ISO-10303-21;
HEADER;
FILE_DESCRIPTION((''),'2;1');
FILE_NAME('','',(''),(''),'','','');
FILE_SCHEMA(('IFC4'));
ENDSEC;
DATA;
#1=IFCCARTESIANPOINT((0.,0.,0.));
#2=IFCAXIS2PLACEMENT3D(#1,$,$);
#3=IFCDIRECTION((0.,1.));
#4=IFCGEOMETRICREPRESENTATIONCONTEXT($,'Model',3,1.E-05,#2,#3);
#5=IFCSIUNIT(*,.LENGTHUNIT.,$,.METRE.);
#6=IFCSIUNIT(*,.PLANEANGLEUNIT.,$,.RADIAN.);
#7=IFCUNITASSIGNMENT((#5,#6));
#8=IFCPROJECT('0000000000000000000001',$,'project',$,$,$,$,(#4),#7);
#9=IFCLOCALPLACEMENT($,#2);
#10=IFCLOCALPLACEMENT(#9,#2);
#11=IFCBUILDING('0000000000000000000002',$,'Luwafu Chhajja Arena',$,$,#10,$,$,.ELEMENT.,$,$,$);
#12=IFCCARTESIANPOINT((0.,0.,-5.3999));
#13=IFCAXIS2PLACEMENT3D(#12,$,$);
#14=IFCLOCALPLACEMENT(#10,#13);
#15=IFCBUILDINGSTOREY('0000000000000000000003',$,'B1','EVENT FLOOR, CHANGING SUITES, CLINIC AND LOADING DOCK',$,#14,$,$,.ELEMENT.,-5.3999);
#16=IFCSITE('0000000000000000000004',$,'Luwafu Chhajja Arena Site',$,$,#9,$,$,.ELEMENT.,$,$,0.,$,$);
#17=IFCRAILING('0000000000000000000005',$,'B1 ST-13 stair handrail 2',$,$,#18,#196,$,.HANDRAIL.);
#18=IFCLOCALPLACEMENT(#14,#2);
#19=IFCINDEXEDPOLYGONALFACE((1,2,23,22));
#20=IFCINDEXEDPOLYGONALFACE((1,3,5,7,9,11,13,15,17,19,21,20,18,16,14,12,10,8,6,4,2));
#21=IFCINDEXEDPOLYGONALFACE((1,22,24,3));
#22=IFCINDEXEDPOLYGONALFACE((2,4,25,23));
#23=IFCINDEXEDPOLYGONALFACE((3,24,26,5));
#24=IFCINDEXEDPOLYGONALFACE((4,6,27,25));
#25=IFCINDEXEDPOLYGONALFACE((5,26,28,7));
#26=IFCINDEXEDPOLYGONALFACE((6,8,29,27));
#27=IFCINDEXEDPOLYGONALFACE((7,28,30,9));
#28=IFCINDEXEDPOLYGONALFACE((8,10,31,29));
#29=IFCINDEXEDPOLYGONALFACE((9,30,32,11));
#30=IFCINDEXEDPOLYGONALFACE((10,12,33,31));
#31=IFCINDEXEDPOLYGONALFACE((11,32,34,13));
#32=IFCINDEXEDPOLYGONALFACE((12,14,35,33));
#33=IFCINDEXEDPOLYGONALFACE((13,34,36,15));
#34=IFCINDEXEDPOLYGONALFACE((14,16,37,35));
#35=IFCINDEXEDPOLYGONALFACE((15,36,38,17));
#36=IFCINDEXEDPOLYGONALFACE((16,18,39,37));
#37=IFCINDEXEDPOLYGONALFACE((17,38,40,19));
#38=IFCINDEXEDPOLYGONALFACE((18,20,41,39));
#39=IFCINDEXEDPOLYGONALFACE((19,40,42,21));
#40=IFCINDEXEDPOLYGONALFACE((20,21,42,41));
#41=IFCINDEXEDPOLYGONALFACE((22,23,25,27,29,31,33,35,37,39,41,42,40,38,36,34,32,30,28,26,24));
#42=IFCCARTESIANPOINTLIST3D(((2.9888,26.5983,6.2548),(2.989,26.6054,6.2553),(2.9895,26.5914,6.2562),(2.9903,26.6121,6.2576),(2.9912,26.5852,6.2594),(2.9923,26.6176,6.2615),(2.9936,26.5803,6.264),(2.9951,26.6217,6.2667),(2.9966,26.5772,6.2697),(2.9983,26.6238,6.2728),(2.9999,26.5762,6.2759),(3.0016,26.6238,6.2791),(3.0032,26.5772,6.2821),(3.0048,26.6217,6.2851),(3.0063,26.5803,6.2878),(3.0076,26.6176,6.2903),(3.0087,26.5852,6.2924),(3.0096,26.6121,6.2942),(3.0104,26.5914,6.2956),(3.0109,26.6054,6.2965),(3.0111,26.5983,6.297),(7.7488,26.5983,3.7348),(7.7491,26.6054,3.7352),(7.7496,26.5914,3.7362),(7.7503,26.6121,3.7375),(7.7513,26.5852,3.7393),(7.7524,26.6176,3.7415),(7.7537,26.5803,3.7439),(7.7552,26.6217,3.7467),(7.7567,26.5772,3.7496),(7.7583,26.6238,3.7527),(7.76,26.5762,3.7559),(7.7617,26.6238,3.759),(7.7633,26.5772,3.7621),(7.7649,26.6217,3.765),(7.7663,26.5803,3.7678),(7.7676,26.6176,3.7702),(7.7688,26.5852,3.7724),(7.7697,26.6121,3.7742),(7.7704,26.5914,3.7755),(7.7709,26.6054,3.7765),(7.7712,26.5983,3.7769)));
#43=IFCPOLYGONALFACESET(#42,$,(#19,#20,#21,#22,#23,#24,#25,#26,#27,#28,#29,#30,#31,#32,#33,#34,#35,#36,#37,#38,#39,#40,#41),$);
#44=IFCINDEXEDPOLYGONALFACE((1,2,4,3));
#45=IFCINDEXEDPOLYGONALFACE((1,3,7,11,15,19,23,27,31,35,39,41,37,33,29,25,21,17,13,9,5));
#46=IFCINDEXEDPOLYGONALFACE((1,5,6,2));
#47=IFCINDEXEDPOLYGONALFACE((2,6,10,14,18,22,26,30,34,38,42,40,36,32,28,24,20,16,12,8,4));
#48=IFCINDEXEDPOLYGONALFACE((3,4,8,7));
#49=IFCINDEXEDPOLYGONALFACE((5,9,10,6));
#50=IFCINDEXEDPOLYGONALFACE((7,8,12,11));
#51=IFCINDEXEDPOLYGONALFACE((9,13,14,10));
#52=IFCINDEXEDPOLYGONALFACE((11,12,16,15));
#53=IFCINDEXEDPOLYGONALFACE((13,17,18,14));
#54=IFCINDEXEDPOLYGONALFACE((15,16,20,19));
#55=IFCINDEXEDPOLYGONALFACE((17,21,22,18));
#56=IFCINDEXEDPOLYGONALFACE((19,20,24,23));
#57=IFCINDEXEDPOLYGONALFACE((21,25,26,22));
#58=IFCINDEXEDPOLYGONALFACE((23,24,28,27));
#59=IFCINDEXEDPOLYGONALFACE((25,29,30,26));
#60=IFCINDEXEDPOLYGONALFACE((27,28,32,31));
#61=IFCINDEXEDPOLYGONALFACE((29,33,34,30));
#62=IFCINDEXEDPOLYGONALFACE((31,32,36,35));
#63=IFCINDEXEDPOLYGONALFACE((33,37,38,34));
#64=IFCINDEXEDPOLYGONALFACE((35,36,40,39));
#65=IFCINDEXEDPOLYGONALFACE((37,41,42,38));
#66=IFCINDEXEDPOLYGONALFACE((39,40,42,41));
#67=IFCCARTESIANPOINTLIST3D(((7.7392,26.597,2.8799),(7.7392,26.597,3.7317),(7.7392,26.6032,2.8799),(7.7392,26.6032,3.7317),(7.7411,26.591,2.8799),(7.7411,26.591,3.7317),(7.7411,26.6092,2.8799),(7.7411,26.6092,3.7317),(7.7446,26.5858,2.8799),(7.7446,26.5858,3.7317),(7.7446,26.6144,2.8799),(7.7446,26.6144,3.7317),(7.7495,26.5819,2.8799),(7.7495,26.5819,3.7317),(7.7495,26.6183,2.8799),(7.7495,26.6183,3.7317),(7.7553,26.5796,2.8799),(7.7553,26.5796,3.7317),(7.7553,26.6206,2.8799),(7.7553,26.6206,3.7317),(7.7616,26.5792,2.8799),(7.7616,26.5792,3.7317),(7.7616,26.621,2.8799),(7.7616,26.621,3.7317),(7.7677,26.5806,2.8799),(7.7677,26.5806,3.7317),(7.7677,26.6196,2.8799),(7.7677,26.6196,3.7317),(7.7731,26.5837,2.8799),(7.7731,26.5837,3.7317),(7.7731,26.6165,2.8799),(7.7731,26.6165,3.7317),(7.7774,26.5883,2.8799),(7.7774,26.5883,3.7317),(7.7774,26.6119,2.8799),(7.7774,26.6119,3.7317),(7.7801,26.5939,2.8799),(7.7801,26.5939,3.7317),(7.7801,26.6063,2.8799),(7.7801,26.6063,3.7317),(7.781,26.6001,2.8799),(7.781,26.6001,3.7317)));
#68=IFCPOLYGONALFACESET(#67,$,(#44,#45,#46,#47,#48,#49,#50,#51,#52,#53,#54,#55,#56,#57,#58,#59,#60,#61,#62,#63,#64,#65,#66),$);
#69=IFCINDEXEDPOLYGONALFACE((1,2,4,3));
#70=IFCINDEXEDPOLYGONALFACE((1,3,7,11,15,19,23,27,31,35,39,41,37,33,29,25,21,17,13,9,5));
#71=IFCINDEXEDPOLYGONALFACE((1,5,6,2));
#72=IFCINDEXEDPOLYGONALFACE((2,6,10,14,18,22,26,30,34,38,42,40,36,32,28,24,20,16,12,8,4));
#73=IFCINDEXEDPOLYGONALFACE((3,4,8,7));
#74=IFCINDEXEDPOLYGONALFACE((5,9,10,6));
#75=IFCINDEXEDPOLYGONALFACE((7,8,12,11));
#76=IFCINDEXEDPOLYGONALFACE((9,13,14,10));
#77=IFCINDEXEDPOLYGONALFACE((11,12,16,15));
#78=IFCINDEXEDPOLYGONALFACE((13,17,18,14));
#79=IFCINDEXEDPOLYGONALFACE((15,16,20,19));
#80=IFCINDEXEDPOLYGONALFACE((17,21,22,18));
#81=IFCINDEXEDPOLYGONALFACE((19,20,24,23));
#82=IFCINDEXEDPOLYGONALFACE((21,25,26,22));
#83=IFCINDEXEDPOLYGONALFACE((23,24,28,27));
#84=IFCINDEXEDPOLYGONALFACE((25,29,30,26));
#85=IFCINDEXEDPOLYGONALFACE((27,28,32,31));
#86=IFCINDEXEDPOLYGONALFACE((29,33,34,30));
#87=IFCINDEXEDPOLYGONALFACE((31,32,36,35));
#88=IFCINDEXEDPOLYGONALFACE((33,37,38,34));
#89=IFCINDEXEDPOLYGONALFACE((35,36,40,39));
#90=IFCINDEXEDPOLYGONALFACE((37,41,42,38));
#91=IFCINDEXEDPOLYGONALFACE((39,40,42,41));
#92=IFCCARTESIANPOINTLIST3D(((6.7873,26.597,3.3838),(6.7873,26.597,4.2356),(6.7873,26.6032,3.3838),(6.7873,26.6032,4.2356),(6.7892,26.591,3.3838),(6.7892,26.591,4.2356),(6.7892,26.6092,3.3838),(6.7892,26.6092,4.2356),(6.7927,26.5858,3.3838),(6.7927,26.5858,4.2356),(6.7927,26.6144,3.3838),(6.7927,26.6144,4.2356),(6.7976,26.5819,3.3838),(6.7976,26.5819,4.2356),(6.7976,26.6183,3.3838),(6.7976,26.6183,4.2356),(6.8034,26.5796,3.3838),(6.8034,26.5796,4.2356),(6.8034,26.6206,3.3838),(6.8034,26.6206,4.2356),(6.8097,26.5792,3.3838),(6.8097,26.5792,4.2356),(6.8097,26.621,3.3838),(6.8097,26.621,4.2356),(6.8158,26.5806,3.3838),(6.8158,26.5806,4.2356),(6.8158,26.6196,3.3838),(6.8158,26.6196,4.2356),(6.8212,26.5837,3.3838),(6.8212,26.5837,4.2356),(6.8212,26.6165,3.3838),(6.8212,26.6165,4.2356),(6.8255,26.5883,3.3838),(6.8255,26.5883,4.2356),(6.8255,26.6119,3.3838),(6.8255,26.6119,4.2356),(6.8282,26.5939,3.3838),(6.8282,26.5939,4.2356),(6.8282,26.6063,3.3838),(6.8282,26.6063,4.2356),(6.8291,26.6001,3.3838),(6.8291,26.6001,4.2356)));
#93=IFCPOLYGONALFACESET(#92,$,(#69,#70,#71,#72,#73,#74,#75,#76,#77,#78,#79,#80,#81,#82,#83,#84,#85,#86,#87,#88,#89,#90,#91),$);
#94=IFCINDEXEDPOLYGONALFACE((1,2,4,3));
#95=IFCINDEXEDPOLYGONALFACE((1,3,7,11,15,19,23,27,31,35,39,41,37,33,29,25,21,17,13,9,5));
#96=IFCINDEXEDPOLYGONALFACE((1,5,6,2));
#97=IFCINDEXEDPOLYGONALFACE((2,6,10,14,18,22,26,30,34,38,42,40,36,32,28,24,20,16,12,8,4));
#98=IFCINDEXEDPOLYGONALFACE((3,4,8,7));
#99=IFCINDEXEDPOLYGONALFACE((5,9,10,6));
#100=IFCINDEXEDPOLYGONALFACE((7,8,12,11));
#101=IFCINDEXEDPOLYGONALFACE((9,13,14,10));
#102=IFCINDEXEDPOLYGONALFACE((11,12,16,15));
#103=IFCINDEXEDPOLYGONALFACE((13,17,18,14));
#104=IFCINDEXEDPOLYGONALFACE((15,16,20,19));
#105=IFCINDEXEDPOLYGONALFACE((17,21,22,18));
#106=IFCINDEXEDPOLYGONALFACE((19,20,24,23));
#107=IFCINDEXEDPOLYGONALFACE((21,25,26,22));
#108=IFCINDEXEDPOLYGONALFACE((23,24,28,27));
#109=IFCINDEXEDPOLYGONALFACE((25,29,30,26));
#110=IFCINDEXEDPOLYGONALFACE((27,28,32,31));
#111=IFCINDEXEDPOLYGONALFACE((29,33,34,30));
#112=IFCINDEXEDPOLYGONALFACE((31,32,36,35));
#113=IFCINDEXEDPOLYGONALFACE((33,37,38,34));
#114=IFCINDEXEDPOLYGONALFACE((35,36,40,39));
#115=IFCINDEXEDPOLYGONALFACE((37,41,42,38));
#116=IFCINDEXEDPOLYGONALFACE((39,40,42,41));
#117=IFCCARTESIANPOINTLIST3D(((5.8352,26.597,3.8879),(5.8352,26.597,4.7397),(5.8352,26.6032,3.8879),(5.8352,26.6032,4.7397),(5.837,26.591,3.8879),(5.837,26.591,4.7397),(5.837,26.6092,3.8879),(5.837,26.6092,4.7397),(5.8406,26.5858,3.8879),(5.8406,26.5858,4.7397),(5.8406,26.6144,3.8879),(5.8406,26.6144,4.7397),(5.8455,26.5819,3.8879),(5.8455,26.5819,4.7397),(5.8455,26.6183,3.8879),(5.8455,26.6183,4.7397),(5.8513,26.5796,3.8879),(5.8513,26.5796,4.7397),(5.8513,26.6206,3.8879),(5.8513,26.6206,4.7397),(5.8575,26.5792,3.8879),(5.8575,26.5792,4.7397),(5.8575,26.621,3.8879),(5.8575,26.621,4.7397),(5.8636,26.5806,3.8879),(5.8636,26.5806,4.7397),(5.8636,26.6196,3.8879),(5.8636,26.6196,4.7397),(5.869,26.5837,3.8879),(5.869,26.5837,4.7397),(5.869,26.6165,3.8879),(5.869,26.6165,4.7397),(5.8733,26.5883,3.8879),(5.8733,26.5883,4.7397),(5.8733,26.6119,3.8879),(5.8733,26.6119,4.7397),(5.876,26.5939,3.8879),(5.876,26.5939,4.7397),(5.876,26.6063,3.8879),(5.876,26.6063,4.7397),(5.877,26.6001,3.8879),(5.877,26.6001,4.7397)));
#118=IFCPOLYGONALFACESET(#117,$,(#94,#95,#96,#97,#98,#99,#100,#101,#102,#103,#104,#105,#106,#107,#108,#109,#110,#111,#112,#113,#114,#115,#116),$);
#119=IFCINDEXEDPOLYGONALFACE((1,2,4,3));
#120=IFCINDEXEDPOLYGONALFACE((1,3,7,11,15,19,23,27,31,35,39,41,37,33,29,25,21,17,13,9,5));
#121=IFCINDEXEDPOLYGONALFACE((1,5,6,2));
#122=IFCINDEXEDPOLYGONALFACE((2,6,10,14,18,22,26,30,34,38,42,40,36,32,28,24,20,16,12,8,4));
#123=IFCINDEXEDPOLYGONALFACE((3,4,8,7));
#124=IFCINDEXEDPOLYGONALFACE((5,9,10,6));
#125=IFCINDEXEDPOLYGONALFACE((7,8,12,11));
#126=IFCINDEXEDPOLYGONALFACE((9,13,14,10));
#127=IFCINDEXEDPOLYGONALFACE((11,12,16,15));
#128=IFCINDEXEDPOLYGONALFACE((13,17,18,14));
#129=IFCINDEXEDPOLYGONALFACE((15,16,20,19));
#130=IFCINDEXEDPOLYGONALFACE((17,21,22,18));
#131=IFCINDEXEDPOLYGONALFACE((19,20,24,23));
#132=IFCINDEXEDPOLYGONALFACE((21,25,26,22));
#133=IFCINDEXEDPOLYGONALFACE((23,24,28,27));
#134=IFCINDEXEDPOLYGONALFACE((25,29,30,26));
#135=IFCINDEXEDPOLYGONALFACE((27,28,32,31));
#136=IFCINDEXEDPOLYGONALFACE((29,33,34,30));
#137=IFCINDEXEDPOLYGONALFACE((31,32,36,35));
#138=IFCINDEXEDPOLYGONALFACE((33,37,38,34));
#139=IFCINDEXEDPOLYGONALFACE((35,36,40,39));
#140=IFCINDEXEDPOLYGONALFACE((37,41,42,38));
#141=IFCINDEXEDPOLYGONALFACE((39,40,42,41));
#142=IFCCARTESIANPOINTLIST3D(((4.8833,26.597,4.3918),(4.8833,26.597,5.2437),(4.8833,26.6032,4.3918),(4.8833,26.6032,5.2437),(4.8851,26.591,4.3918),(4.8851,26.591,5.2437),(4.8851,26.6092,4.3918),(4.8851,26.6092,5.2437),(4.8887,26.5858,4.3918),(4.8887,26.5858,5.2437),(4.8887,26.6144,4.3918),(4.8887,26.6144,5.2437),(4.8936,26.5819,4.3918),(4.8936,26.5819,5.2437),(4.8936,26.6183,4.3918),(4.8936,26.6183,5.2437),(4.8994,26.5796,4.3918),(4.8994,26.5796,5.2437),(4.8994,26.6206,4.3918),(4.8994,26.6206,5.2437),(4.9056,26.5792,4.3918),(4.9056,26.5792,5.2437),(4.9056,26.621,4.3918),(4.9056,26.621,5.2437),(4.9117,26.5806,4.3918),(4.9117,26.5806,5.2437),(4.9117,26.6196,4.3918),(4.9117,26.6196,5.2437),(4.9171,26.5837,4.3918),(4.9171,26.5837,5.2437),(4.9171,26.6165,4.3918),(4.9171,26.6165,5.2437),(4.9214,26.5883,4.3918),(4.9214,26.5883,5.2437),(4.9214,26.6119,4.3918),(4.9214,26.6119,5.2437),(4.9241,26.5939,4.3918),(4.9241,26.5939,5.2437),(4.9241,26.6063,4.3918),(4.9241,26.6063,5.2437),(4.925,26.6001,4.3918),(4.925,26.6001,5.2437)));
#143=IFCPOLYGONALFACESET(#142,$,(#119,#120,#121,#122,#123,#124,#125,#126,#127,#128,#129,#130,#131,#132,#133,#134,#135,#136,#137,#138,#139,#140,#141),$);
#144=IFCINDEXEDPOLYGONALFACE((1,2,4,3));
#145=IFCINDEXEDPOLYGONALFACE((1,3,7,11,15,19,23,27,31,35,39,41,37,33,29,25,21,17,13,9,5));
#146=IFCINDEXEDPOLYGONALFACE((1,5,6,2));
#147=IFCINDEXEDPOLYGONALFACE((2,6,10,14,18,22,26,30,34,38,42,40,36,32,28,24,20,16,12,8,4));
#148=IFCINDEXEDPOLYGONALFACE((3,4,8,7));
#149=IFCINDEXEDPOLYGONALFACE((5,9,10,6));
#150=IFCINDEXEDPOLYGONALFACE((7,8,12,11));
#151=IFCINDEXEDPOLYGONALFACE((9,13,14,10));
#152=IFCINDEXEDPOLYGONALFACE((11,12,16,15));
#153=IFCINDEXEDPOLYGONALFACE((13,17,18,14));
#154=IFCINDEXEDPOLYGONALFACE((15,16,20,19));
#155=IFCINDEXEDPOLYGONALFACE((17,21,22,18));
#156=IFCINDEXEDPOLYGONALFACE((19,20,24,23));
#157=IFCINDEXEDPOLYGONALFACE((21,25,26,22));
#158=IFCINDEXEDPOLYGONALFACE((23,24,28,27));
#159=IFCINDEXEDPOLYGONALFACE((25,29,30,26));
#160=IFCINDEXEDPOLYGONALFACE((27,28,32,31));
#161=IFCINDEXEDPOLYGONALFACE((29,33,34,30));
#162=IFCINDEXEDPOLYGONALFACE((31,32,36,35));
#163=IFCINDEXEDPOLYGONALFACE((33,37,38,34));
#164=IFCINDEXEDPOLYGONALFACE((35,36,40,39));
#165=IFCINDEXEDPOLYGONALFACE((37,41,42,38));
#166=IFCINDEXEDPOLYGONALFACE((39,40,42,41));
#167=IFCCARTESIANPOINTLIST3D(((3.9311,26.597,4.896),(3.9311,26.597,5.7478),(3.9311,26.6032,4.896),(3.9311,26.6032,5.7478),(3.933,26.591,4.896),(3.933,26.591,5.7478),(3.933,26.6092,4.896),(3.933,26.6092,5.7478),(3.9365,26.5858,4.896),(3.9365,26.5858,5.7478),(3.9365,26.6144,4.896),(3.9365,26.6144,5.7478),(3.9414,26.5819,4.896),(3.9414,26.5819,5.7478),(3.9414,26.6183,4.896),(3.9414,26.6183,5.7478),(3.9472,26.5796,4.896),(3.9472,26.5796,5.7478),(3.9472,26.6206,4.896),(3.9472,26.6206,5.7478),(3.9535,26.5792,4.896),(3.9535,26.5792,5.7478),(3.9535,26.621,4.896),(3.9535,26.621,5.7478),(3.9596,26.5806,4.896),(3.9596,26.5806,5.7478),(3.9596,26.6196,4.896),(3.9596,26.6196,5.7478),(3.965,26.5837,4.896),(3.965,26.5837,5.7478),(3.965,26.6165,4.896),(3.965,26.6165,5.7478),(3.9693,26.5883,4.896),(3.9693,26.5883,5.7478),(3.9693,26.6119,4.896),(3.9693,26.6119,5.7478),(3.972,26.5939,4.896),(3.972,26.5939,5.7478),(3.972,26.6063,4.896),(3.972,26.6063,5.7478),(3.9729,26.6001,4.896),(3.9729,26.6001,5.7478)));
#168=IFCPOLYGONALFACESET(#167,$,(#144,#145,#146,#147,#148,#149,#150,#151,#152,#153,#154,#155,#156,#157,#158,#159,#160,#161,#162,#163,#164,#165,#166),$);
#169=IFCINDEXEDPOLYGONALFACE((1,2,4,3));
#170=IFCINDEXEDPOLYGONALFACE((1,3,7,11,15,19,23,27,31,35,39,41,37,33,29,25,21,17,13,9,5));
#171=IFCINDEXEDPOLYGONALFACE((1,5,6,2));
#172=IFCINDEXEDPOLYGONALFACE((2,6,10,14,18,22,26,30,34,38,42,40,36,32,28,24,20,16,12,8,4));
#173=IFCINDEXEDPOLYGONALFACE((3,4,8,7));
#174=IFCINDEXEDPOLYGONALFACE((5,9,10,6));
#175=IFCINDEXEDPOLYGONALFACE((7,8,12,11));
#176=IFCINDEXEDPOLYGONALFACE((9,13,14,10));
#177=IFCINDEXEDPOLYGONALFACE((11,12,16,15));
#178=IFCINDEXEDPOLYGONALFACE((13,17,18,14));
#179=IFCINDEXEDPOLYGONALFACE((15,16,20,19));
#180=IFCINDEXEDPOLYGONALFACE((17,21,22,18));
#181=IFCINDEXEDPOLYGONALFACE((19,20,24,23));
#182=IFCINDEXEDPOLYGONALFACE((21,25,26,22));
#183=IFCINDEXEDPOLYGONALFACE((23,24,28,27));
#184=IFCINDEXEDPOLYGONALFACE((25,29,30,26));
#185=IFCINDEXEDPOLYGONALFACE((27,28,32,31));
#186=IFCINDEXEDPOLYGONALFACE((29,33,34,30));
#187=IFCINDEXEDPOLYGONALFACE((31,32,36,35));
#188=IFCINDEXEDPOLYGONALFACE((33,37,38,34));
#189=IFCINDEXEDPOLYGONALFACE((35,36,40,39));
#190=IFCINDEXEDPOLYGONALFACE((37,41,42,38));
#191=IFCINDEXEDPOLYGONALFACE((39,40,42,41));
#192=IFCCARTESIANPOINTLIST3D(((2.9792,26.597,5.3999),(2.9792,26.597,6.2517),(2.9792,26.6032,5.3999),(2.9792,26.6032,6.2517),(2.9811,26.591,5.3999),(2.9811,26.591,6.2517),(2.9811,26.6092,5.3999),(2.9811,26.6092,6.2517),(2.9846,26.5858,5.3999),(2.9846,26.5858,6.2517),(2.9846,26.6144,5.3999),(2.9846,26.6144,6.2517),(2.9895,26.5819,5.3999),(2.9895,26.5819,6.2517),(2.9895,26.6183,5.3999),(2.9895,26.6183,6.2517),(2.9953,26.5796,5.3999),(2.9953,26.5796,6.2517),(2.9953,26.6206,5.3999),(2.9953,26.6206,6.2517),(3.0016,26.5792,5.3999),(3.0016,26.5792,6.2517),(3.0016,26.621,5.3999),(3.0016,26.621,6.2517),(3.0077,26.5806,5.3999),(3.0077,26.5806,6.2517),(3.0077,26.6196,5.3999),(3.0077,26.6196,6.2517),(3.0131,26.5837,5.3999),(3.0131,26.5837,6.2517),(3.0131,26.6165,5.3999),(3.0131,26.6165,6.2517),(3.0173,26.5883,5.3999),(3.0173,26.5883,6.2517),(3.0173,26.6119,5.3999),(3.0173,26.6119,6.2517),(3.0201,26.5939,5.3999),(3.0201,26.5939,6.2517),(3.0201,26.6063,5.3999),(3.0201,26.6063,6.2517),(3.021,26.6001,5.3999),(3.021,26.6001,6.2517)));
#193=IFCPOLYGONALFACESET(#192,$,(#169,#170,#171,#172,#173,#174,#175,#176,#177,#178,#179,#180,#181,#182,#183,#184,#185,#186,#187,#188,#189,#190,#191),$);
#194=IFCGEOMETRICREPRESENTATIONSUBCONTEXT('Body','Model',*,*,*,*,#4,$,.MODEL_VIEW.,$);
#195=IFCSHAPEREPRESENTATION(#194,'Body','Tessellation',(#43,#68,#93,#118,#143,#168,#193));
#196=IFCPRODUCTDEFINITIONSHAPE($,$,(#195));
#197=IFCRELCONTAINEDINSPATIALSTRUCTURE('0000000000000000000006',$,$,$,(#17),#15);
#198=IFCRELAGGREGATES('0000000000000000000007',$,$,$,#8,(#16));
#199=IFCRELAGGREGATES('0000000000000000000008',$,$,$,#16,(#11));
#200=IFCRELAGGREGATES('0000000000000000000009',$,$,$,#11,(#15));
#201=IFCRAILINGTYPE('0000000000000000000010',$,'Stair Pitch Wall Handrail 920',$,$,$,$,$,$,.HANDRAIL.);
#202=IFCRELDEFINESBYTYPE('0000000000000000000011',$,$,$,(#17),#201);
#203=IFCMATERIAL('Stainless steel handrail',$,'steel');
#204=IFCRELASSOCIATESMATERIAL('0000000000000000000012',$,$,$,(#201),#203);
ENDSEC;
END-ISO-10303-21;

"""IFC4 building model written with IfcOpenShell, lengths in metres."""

from ifc_helpers import new_model, si_unit, direction, frame, origin, origin_2d, place, context, subcontext, project, spatial, circle, extrude, material, type_object, element, save


model = new_model("IFC4")

# Units and contexts
model_context = context("Model", 3, precision=1e-05, world=origin(), true_north=direction((0.0, 1.0)))
body_context = subcontext(model_context, "Body", "Model", "MODEL_VIEW")
ifc_project = project(units=[si_unit("LENGTHUNIT", "METRE"), si_unit("PLANEANGLEUNIT", "RADIAN")], contexts=[model_context])

# Site, building, storey
site_placement = place(None, origin())
site = spatial("IfcSite", under=ifc_project, at=site_placement, Name="Luwafu Chhajja Arena Site", CompositionType="ELEMENT", RefElevation=0.0)
building_placement = place(site_placement, origin())
building = spatial("IfcBuilding", under=site, at=building_placement, Name="Luwafu Chhajja Arena", CompositionType="ELEMENT")
storey_placement = place(building_placement, frame((0.0, 0.0, -5.3999)))
storey = spatial("IfcBuildingStorey", under=building, at=storey_placement, Name="B1", Description="EVENT FLOOR, CHANGING SUITES, CLINIC AND LOADING DOCK", CompositionType="ELEMENT", Elevation=-5.3999)

# Railing
ifc_material_1 = material(Name="Stainless steel handrail", Category="steel")
railing_type_1 = type_object("IfcRailingType", Name="Stair Pitch Wall Handrail 920", PredefinedType="HANDRAIL", material=ifc_material_1)
railing_1_placement = place(storey_placement, frame((7.76, 26.6001, 2.8799)))
element("IfcRailing", 1, at=railing_1_placement, inside=storey, type_object=railing_type_1, Name="B1 ST-13 stair handrail 2", PredefinedType="HANDRAIL", context=body_context, shape_type="SweptSolid", body=[
    extrude(circle(Radius=0.0239, at=origin_2d()), frame((0.0, 0.0, 0.876), z_axis=(-0.883787, 0.0, 0.46789), x_axis=(0.0, -1.0, 0.0)), (0.0, 0.0, 1.0), 5.386),
    extrude(circle(Radius=0.021, at=origin_2d()), origin(), (0.0, 0.0, 1.0), 0.8518),
    extrude(circle(Radius=0.021, at=origin_2d()), frame((-0.9519, 0.0, 0.5039)), (0.0, 0.0, 1.0), 0.8518),
    extrude(circle(Radius=0.021, at=origin_2d()), frame((-1.9041, 0.0, 1.0081)), (0.0, 0.0, 1.0), 0.8518),
    extrude(circle(Radius=0.021, at=origin_2d()), frame((-2.856, 0.0, 1.512)), (0.0, 0.0, 1.0), 0.8518),
    extrude(circle(Radius=0.021, at=origin_2d()), frame((-3.8081, 0.0, 2.0161)), (0.0, 0.0, 1.0), 0.8518),
    extrude(circle(Radius=0.021, at=origin_2d()), frame((-4.76, 0.0, 2.52)), (0.0, 0.0, 1.0), 0.8518),
])

save(model, "model.ifc")
